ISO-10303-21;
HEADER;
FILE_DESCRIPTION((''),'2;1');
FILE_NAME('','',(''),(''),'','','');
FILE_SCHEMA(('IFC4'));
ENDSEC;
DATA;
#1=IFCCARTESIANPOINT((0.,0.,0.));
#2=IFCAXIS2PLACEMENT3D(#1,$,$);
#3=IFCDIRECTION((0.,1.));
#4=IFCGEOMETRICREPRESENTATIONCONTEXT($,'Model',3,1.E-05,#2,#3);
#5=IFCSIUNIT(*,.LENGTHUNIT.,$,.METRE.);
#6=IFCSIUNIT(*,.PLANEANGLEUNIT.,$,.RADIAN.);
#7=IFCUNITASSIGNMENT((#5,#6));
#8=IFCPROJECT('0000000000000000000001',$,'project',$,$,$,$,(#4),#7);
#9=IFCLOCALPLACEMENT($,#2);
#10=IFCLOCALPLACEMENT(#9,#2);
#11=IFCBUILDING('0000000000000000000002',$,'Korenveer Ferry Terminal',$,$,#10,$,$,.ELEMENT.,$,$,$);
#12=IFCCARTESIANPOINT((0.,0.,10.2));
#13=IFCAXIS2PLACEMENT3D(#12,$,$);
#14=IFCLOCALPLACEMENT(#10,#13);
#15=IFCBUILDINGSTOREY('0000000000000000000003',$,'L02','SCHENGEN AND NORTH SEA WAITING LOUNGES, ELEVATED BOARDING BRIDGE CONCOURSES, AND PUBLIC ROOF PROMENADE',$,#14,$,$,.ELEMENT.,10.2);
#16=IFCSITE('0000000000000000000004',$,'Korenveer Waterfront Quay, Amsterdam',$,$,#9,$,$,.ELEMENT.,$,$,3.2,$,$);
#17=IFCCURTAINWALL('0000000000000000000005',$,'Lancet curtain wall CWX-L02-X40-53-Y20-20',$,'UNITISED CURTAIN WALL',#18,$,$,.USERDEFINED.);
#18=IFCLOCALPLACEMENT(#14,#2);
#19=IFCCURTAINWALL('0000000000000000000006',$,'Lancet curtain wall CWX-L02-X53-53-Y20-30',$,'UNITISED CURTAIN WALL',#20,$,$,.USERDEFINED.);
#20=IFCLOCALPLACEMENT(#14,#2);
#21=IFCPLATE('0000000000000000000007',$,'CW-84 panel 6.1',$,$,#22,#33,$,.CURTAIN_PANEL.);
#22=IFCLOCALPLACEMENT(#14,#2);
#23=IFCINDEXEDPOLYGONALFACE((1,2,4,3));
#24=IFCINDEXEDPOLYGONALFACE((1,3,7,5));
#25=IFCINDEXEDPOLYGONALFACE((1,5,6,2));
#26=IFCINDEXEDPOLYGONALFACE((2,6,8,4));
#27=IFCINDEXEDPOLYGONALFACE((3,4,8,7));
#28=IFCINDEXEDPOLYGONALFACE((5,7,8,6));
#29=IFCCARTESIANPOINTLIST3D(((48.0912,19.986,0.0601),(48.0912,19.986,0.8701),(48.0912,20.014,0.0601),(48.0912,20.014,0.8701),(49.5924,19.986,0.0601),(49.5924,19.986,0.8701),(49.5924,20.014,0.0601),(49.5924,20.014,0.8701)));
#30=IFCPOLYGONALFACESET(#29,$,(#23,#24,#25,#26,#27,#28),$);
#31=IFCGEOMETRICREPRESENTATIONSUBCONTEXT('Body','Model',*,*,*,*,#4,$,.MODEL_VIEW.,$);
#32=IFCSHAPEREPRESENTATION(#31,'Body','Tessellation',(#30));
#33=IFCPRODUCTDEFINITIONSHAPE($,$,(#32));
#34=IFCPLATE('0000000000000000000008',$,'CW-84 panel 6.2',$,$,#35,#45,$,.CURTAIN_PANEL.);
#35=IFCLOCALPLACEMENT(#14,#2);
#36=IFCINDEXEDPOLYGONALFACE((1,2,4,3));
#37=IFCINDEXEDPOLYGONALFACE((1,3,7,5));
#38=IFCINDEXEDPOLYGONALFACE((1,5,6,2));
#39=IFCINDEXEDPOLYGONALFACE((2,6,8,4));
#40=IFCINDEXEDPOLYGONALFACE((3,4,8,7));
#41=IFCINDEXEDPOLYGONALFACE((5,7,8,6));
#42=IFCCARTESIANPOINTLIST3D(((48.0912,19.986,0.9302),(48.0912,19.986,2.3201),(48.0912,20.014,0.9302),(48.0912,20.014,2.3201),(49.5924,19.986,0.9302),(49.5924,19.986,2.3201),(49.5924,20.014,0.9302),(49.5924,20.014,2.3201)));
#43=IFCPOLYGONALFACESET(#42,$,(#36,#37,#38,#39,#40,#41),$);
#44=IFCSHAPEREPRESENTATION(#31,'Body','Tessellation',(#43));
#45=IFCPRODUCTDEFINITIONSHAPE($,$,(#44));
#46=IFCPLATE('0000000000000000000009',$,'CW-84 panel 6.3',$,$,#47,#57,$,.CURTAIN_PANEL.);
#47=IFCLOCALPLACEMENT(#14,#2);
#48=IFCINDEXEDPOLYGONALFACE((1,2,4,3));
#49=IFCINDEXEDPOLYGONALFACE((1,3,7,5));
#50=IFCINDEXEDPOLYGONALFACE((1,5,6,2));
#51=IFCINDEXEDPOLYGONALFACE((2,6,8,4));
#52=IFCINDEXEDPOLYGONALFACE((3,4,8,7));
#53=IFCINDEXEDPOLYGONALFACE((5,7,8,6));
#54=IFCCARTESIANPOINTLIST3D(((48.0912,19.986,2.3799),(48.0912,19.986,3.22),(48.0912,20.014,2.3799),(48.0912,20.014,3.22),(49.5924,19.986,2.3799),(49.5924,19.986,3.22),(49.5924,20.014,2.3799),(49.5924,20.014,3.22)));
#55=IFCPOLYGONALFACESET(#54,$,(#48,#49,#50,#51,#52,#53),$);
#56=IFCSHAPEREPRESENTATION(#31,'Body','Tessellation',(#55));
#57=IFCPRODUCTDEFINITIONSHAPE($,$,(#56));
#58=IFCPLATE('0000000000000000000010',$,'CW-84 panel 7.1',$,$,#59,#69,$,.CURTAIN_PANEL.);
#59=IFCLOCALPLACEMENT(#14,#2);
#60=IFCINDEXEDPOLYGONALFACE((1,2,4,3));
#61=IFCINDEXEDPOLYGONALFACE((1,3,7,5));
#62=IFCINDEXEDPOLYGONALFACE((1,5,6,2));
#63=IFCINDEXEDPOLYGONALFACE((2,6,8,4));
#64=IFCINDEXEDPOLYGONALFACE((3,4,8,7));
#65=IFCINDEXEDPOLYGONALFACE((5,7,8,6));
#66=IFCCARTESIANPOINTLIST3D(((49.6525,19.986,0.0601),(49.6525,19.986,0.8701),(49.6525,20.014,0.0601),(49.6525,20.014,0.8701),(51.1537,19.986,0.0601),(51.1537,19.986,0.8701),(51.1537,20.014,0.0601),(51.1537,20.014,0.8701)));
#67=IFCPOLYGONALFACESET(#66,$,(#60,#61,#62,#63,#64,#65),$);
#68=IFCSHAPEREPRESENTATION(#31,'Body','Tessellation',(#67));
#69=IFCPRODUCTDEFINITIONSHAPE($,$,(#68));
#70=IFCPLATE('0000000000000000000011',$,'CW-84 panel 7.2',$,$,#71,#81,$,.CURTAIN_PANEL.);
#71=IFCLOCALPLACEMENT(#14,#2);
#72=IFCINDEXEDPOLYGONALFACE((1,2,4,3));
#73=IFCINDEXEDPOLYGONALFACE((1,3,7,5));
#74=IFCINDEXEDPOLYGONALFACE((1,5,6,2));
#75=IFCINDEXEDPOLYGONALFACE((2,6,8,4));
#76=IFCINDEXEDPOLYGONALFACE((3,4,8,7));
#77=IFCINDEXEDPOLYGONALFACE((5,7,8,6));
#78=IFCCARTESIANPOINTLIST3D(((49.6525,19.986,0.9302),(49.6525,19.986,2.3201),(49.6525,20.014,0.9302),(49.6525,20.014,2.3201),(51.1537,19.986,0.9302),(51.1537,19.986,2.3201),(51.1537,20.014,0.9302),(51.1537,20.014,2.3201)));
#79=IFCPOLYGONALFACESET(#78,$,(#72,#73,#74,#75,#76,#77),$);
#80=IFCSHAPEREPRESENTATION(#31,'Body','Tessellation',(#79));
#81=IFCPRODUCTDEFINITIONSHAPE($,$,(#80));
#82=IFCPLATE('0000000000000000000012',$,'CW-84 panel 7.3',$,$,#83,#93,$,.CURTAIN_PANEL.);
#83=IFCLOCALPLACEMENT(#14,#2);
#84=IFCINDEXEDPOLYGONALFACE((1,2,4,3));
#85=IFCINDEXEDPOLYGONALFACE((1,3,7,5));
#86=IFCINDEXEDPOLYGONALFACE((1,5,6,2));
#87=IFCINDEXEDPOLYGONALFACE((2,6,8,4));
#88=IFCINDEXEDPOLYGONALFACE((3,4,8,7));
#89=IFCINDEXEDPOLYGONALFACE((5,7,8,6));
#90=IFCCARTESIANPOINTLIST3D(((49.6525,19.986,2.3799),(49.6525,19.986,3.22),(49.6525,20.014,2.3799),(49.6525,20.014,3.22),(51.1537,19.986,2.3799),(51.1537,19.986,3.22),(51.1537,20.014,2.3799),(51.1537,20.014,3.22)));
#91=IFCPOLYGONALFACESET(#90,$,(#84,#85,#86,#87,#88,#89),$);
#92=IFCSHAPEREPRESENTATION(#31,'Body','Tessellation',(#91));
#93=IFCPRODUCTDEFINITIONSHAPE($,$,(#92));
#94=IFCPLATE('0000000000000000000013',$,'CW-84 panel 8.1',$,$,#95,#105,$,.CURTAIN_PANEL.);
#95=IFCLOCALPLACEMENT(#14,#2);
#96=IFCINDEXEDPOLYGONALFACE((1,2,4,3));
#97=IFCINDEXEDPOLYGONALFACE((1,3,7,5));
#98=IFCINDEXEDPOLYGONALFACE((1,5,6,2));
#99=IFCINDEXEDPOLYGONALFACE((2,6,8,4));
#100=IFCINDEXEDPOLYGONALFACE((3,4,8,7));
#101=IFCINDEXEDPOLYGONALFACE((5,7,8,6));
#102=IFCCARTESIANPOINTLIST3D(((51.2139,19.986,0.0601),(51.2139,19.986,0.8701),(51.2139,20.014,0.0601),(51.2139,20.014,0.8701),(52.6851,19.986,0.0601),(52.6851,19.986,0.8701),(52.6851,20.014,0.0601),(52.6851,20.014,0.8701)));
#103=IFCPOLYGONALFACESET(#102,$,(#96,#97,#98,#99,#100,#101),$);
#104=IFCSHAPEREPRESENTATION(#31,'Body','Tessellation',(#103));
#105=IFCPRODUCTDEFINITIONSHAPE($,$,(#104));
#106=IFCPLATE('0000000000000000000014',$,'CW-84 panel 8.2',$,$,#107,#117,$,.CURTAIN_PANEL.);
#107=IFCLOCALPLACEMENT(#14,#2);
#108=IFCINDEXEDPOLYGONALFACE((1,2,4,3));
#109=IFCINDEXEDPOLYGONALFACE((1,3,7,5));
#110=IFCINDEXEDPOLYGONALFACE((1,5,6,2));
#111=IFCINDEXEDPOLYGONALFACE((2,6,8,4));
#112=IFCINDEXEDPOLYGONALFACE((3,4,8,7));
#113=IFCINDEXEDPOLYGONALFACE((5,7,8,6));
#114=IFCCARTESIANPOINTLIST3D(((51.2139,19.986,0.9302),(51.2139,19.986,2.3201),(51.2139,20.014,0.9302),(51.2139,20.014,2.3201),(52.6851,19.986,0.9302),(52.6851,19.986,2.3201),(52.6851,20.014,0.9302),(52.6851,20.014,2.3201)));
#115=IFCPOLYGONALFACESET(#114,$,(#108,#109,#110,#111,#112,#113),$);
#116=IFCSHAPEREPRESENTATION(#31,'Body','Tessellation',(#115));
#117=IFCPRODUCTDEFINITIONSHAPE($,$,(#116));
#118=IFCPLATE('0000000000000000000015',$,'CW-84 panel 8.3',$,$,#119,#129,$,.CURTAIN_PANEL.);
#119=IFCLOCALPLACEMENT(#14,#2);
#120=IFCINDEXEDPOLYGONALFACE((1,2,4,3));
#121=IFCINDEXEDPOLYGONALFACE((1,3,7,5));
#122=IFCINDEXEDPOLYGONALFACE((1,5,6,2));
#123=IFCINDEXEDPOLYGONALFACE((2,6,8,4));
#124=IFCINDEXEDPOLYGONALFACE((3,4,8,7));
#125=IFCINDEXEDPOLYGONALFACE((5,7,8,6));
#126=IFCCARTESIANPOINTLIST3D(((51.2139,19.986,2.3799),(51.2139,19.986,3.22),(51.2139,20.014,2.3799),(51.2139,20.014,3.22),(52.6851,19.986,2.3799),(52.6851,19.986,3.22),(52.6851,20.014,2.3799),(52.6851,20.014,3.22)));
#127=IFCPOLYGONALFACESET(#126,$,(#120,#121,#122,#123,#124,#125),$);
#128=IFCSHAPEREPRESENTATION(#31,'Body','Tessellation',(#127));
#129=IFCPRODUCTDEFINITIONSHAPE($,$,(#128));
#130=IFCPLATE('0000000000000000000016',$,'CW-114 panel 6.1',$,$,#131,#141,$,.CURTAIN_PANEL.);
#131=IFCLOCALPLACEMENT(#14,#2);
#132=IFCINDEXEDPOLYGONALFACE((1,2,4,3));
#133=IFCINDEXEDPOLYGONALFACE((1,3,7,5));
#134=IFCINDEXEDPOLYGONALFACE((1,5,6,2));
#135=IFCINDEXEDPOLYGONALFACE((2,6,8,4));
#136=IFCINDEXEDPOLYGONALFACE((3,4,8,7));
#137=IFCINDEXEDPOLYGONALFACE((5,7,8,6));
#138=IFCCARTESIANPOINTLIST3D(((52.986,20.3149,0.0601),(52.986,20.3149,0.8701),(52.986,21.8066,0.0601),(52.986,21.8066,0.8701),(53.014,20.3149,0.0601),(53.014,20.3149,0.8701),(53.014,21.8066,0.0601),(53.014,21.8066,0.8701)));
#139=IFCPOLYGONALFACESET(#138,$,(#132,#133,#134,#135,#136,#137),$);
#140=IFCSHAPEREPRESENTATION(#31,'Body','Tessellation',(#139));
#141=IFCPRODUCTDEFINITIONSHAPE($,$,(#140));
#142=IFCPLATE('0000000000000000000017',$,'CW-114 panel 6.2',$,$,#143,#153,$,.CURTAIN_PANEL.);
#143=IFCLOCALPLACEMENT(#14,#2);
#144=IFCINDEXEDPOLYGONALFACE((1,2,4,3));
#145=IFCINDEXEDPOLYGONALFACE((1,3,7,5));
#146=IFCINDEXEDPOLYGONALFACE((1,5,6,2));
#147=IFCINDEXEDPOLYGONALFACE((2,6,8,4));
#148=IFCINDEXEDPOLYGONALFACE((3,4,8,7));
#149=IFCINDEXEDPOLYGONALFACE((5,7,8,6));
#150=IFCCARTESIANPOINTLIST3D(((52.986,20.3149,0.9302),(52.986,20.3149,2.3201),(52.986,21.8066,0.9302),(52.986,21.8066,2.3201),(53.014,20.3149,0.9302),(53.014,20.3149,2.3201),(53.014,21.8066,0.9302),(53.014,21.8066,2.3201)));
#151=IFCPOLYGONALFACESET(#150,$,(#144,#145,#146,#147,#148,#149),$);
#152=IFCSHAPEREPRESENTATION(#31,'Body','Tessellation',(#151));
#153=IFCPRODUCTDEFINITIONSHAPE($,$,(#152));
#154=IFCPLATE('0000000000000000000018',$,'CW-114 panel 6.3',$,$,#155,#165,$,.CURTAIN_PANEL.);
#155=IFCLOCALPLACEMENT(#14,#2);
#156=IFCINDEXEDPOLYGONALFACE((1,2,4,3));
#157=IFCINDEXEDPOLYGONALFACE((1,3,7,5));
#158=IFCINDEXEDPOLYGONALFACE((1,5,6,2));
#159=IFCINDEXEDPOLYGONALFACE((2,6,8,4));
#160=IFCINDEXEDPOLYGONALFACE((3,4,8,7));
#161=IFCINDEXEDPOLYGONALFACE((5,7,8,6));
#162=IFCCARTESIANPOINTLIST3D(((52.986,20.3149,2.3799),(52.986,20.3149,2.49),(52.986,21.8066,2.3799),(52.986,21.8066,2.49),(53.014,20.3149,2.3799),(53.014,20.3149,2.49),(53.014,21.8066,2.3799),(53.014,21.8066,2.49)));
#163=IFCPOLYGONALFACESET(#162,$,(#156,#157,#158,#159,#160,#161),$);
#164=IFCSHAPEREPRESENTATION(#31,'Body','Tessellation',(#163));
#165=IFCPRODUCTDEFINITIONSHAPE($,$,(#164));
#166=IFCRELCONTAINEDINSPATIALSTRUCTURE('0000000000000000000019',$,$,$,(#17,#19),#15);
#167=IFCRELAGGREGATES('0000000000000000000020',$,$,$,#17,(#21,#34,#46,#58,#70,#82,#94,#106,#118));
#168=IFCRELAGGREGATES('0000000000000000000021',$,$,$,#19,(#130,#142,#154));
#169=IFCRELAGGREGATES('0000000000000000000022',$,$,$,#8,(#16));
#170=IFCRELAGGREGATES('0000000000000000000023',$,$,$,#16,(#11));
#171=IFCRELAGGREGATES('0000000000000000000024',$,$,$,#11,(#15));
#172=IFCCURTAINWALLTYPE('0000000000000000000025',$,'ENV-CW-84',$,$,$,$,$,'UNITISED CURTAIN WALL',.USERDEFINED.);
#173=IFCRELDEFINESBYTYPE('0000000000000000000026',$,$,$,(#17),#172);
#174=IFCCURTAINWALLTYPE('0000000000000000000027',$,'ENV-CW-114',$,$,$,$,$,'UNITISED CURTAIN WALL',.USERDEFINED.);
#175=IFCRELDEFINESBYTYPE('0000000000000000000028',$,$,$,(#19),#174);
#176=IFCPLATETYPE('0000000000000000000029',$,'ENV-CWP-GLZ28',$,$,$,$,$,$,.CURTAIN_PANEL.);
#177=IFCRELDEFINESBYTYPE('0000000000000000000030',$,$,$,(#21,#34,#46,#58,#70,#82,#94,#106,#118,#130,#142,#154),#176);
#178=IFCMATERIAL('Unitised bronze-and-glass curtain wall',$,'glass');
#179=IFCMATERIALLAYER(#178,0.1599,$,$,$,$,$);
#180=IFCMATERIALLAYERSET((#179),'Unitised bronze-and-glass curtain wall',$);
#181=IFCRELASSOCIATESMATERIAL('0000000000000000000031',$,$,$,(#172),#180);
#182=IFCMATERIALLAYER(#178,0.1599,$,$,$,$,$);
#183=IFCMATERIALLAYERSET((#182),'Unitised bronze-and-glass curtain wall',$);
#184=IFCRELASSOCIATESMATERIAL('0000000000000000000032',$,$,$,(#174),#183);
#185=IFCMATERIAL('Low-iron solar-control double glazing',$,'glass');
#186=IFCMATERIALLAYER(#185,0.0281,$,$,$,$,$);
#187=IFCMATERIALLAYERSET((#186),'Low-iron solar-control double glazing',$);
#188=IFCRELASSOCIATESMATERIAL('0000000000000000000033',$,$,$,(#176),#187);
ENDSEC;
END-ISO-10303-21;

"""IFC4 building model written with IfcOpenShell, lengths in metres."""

from ifc_helpers import new_model, si_unit, direction, frame, origin, origin_2d, place, context, subcontext, project, spatial, rectangle, extrude, material, layer, layer_set, type_object, element, aggregate, save


model = new_model("IFC4")

# Units and contexts
model_context = context("Model", 3, precision=1e-05, world=origin(), true_north=direction((0.0, 1.0)))
body_context = subcontext(model_context, "Body", "Model", "MODEL_VIEW")
ifc_project = project(units=[si_unit("LENGTHUNIT", "METRE"), si_unit("PLANEANGLEUNIT", "RADIAN")], contexts=[model_context])

# Site, building, storey
site_placement = place(None, origin())
site = spatial("IfcSite", under=ifc_project, at=site_placement, Name="Korenveer Waterfront Quay, Amsterdam", CompositionType="ELEMENT", RefElevation=3.2)
building_placement = place(site_placement, origin())
building = spatial("IfcBuilding", under=site, at=building_placement, Name="Korenveer Ferry Terminal", CompositionType="ELEMENT")
storey_placement = place(building_placement, frame((0.0, 0.0, 10.2)))
storey = spatial("IfcBuildingStorey", under=building, at=storey_placement, Name="L02", Description="SCHENGEN AND NORTH SEA WAITING LOUNGES, ELEVATED BOARDING BRIDGE CONCOURSES, AND PUBLIC ROOF PROMENADE", CompositionType="ELEMENT", Elevation=10.2)

# Curtain wall
ifc_material_1 = material(Name="Unitised bronze-and-glass curtain wall", Category="glass")
ifc_layer_1 = layer(ifc_material_1, 0.1599)
ifc_layer_set_1 = layer_set([ifc_layer_1], Name="Unitised bronze-and-glass curtain wall")
curtain_wall_type_1 = type_object("IfcCurtainWallType", Name="ENV-CW-84", ElementType="UNITISED CURTAIN WALL", PredefinedType="USERDEFINED", material=ifc_layer_set_1)
curtain_wall_1_placement = place(storey_placement, frame((40.2549, 20.0, 0.0)))
curtain_wall_1 = element("IfcCurtainWall", 1, at=curtain_wall_1_placement, inside=storey, type_object=curtain_wall_type_1, Name="Lancet curtain wall CWX-L02-X40-53-Y20-20", ObjectType="UNITISED CURTAIN WALL", PredefinedType="USERDEFINED")

# Curtain wall
ifc_layer_2 = layer(ifc_material_1, 0.1599)
ifc_layer_set_2 = layer_set([ifc_layer_2], Name="Unitised bronze-and-glass curtain wall")
curtain_wall_type_2 = type_object("IfcCurtainWallType", Name="ENV-CW-114", ElementType="UNITISED CURTAIN WALL", PredefinedType="USERDEFINED", material=ifc_layer_set_2)
curtain_wall_2_placement = place(storey_placement, frame((53.0, 29.7451, 0.0)))
curtain_wall_2 = element("IfcCurtainWall", 2, at=curtain_wall_2_placement, inside=storey, type_object=curtain_wall_type_2, Name="Lancet curtain wall CWX-L02-X53-53-Y20-30", ObjectType="UNITISED CURTAIN WALL", PredefinedType="USERDEFINED")

# Plates
ifc_material_2 = material(Name="Low-iron solar-control double glazing", Category="glass")
ifc_layer_3 = layer(ifc_material_2, 0.0281)
ifc_layer_set_3 = layer_set([ifc_layer_3], Name="Low-iron solar-control double glazing")
plate_type = type_object("IfcPlateType", Name="ENV-CWP-GLZ28", PredefinedType="CURTAIN_PANEL", material=ifc_layer_set_3)
plate_1_placement = place(storey_placement, frame((48.8418, 20.0, 0.0601), z_axis=(0.0, 0.0, 1.0), x_axis=(1.0, 0.0, 0.0)))
plate_1 = element("IfcPlate", 3, at=plate_1_placement, type_object=plate_type, Name="CW-84 panel 6.1", PredefinedType="CURTAIN_PANEL", context=body_context, shape_type="SweptSolid", body=[
    extrude(rectangle(XDim=1.5012, YDim=0.0281, at=origin_2d()), origin(), (0.0, 0.0, 1.0), 0.8101),
])
plate_2_placement = place(storey_placement, frame((48.8418, 20.0, 0.9302), z_axis=(0.0, 0.0, 1.0), x_axis=(1.0, 0.0, 0.0)))
plate_2 = element("IfcPlate", 4, at=plate_2_placement, type_object=plate_type, Name="CW-84 panel 6.2", PredefinedType="CURTAIN_PANEL", context=body_context, shape_type="SweptSolid", body=[
    extrude(rectangle(XDim=1.5012, YDim=0.0281, at=origin_2d()), origin(), (0.0, 0.0, 1.0), 1.3899),
])
plate_3_placement = place(storey_placement, frame((48.8418, 20.0, 2.3799), z_axis=(0.0, 0.0, 1.0), x_axis=(1.0, 0.0, 0.0)))
plate_3 = element("IfcPlate", 5, at=plate_3_placement, type_object=plate_type, Name="CW-84 panel 6.3", PredefinedType="CURTAIN_PANEL", context=body_context, shape_type="SweptSolid", body=[
    extrude(rectangle(XDim=1.5012, YDim=0.0281, at=origin_2d()), origin(), (0.0, 0.0, 1.0), 0.8401),
])
plate_4_placement = place(storey_placement, frame((50.4031, 20.0, 0.0601), z_axis=(0.0, 0.0, 1.0), x_axis=(1.0, 0.0, 0.0)))
plate_4 = element("IfcPlate", 6, at=plate_4_placement, type_object=plate_type, Name="CW-84 panel 7.1", PredefinedType="CURTAIN_PANEL", context=body_context, shape_type="SweptSolid", body=[
    extrude(rectangle(XDim=1.5012, YDim=0.0281, at=origin_2d()), origin(), (0.0, 0.0, 1.0), 0.8101),
])
plate_5_placement = place(storey_placement, frame((50.4031, 20.0, 0.9302), z_axis=(0.0, 0.0, 1.0), x_axis=(1.0, 0.0, 0.0)))
plate_5 = element("IfcPlate", 7, at=plate_5_placement, type_object=plate_type, Name="CW-84 panel 7.2", PredefinedType="CURTAIN_PANEL", context=body_context, shape_type="SweptSolid", body=[
    extrude(rectangle(XDim=1.5012, YDim=0.0281, at=origin_2d()), origin(), (0.0, 0.0, 1.0), 1.3899),
])
plate_6_placement = place(storey_placement, frame((50.4031, 20.0, 2.3799), z_axis=(0.0, 0.0, 1.0), x_axis=(1.0, 0.0, 0.0)))
plate_6 = element("IfcPlate", 8, at=plate_6_placement, type_object=plate_type, Name="CW-84 panel 7.3", PredefinedType="CURTAIN_PANEL", context=body_context, shape_type="SweptSolid", body=[
    extrude(rectangle(XDim=1.5012, YDim=0.0281, at=origin_2d()), origin(), (0.0, 0.0, 1.0), 0.8401),
])
plate_7_placement = place(storey_placement, frame((51.9495, 20.0, 0.0601), z_axis=(0.0, 0.0, 1.0), x_axis=(1.0, 0.0, 0.0)))
plate_7 = element("IfcPlate", 9, at=plate_7_placement, type_object=plate_type, Name="CW-84 panel 8.1", PredefinedType="CURTAIN_PANEL", context=body_context, shape_type="SweptSolid", body=[
    extrude(rectangle(XDim=1.4712, YDim=0.0281, at=origin_2d()), origin(), (0.0, 0.0, 1.0), 0.8101),
])
plate_8_placement = place(storey_placement, frame((51.9495, 20.0, 0.9302), z_axis=(0.0, 0.0, 1.0), x_axis=(1.0, 0.0, 0.0)))
plate_8 = element("IfcPlate", 10, at=plate_8_placement, type_object=plate_type, Name="CW-84 panel 8.2", PredefinedType="CURTAIN_PANEL", context=body_context, shape_type="SweptSolid", body=[
    extrude(rectangle(XDim=1.4712, YDim=0.0281, at=origin_2d()), origin(), (0.0, 0.0, 1.0), 1.3899),
])
plate_9_placement = place(storey_placement, frame((51.9495, 20.0, 2.3799), z_axis=(0.0, 0.0, 1.0), x_axis=(1.0, 0.0, 0.0)))
plate_9 = element("IfcPlate", 11, at=plate_9_placement, type_object=plate_type, Name="CW-84 panel 8.3", PredefinedType="CURTAIN_PANEL", context=body_context, shape_type="SweptSolid", body=[
    extrude(rectangle(XDim=1.4712, YDim=0.0281, at=origin_2d()), origin(), (0.0, 0.0, 1.0), 0.8401),
])
aggregate(curtain_wall_1, [plate_1, plate_2, plate_3, plate_4, plate_5, plate_6, plate_7, plate_8, plate_9])
plate_10_placement = place(storey_placement, frame((53.0, 21.0608, 0.0601), z_axis=(0.0, 0.0, 1.0), x_axis=(0.0, -1.0, 0.0)))
plate_10 = element("IfcPlate", 12, at=plate_10_placement, type_object=plate_type, Name="CW-114 panel 6.1", PredefinedType="CURTAIN_PANEL", context=body_context, shape_type="SweptSolid", body=[
    extrude(rectangle(XDim=1.4917, YDim=0.0281, at=origin_2d()), origin(), (0.0, 0.0, 1.0), 0.8101),
])
plate_11_placement = place(storey_placement, frame((53.0, 21.0608, 0.9302), z_axis=(0.0, 0.0, 1.0), x_axis=(0.0, -1.0, 0.0)))
plate_11 = element("IfcPlate", 13, at=plate_11_placement, type_object=plate_type, Name="CW-114 panel 6.2", PredefinedType="CURTAIN_PANEL", context=body_context, shape_type="SweptSolid", body=[
    extrude(rectangle(XDim=1.4917, YDim=0.0281, at=origin_2d()), origin(), (0.0, 0.0, 1.0), 1.3899),
])
plate_12_placement = place(storey_placement, frame((53.0, 21.0608, 2.3799), z_axis=(0.0, 0.0, 1.0), x_axis=(0.0, -1.0, 0.0)))
plate_12 = element("IfcPlate", 14, at=plate_12_placement, type_object=plate_type, Name="CW-114 panel 6.3", PredefinedType="CURTAIN_PANEL", context=body_context, shape_type="SweptSolid", body=[
    extrude(rectangle(XDim=1.4917, YDim=0.0281, at=origin_2d()), origin(), (0.0, 0.0, 1.0), 0.1101),
])
aggregate(curtain_wall_2, [plate_10, plate_11, plate_12])

save(model, "model.ifc")
